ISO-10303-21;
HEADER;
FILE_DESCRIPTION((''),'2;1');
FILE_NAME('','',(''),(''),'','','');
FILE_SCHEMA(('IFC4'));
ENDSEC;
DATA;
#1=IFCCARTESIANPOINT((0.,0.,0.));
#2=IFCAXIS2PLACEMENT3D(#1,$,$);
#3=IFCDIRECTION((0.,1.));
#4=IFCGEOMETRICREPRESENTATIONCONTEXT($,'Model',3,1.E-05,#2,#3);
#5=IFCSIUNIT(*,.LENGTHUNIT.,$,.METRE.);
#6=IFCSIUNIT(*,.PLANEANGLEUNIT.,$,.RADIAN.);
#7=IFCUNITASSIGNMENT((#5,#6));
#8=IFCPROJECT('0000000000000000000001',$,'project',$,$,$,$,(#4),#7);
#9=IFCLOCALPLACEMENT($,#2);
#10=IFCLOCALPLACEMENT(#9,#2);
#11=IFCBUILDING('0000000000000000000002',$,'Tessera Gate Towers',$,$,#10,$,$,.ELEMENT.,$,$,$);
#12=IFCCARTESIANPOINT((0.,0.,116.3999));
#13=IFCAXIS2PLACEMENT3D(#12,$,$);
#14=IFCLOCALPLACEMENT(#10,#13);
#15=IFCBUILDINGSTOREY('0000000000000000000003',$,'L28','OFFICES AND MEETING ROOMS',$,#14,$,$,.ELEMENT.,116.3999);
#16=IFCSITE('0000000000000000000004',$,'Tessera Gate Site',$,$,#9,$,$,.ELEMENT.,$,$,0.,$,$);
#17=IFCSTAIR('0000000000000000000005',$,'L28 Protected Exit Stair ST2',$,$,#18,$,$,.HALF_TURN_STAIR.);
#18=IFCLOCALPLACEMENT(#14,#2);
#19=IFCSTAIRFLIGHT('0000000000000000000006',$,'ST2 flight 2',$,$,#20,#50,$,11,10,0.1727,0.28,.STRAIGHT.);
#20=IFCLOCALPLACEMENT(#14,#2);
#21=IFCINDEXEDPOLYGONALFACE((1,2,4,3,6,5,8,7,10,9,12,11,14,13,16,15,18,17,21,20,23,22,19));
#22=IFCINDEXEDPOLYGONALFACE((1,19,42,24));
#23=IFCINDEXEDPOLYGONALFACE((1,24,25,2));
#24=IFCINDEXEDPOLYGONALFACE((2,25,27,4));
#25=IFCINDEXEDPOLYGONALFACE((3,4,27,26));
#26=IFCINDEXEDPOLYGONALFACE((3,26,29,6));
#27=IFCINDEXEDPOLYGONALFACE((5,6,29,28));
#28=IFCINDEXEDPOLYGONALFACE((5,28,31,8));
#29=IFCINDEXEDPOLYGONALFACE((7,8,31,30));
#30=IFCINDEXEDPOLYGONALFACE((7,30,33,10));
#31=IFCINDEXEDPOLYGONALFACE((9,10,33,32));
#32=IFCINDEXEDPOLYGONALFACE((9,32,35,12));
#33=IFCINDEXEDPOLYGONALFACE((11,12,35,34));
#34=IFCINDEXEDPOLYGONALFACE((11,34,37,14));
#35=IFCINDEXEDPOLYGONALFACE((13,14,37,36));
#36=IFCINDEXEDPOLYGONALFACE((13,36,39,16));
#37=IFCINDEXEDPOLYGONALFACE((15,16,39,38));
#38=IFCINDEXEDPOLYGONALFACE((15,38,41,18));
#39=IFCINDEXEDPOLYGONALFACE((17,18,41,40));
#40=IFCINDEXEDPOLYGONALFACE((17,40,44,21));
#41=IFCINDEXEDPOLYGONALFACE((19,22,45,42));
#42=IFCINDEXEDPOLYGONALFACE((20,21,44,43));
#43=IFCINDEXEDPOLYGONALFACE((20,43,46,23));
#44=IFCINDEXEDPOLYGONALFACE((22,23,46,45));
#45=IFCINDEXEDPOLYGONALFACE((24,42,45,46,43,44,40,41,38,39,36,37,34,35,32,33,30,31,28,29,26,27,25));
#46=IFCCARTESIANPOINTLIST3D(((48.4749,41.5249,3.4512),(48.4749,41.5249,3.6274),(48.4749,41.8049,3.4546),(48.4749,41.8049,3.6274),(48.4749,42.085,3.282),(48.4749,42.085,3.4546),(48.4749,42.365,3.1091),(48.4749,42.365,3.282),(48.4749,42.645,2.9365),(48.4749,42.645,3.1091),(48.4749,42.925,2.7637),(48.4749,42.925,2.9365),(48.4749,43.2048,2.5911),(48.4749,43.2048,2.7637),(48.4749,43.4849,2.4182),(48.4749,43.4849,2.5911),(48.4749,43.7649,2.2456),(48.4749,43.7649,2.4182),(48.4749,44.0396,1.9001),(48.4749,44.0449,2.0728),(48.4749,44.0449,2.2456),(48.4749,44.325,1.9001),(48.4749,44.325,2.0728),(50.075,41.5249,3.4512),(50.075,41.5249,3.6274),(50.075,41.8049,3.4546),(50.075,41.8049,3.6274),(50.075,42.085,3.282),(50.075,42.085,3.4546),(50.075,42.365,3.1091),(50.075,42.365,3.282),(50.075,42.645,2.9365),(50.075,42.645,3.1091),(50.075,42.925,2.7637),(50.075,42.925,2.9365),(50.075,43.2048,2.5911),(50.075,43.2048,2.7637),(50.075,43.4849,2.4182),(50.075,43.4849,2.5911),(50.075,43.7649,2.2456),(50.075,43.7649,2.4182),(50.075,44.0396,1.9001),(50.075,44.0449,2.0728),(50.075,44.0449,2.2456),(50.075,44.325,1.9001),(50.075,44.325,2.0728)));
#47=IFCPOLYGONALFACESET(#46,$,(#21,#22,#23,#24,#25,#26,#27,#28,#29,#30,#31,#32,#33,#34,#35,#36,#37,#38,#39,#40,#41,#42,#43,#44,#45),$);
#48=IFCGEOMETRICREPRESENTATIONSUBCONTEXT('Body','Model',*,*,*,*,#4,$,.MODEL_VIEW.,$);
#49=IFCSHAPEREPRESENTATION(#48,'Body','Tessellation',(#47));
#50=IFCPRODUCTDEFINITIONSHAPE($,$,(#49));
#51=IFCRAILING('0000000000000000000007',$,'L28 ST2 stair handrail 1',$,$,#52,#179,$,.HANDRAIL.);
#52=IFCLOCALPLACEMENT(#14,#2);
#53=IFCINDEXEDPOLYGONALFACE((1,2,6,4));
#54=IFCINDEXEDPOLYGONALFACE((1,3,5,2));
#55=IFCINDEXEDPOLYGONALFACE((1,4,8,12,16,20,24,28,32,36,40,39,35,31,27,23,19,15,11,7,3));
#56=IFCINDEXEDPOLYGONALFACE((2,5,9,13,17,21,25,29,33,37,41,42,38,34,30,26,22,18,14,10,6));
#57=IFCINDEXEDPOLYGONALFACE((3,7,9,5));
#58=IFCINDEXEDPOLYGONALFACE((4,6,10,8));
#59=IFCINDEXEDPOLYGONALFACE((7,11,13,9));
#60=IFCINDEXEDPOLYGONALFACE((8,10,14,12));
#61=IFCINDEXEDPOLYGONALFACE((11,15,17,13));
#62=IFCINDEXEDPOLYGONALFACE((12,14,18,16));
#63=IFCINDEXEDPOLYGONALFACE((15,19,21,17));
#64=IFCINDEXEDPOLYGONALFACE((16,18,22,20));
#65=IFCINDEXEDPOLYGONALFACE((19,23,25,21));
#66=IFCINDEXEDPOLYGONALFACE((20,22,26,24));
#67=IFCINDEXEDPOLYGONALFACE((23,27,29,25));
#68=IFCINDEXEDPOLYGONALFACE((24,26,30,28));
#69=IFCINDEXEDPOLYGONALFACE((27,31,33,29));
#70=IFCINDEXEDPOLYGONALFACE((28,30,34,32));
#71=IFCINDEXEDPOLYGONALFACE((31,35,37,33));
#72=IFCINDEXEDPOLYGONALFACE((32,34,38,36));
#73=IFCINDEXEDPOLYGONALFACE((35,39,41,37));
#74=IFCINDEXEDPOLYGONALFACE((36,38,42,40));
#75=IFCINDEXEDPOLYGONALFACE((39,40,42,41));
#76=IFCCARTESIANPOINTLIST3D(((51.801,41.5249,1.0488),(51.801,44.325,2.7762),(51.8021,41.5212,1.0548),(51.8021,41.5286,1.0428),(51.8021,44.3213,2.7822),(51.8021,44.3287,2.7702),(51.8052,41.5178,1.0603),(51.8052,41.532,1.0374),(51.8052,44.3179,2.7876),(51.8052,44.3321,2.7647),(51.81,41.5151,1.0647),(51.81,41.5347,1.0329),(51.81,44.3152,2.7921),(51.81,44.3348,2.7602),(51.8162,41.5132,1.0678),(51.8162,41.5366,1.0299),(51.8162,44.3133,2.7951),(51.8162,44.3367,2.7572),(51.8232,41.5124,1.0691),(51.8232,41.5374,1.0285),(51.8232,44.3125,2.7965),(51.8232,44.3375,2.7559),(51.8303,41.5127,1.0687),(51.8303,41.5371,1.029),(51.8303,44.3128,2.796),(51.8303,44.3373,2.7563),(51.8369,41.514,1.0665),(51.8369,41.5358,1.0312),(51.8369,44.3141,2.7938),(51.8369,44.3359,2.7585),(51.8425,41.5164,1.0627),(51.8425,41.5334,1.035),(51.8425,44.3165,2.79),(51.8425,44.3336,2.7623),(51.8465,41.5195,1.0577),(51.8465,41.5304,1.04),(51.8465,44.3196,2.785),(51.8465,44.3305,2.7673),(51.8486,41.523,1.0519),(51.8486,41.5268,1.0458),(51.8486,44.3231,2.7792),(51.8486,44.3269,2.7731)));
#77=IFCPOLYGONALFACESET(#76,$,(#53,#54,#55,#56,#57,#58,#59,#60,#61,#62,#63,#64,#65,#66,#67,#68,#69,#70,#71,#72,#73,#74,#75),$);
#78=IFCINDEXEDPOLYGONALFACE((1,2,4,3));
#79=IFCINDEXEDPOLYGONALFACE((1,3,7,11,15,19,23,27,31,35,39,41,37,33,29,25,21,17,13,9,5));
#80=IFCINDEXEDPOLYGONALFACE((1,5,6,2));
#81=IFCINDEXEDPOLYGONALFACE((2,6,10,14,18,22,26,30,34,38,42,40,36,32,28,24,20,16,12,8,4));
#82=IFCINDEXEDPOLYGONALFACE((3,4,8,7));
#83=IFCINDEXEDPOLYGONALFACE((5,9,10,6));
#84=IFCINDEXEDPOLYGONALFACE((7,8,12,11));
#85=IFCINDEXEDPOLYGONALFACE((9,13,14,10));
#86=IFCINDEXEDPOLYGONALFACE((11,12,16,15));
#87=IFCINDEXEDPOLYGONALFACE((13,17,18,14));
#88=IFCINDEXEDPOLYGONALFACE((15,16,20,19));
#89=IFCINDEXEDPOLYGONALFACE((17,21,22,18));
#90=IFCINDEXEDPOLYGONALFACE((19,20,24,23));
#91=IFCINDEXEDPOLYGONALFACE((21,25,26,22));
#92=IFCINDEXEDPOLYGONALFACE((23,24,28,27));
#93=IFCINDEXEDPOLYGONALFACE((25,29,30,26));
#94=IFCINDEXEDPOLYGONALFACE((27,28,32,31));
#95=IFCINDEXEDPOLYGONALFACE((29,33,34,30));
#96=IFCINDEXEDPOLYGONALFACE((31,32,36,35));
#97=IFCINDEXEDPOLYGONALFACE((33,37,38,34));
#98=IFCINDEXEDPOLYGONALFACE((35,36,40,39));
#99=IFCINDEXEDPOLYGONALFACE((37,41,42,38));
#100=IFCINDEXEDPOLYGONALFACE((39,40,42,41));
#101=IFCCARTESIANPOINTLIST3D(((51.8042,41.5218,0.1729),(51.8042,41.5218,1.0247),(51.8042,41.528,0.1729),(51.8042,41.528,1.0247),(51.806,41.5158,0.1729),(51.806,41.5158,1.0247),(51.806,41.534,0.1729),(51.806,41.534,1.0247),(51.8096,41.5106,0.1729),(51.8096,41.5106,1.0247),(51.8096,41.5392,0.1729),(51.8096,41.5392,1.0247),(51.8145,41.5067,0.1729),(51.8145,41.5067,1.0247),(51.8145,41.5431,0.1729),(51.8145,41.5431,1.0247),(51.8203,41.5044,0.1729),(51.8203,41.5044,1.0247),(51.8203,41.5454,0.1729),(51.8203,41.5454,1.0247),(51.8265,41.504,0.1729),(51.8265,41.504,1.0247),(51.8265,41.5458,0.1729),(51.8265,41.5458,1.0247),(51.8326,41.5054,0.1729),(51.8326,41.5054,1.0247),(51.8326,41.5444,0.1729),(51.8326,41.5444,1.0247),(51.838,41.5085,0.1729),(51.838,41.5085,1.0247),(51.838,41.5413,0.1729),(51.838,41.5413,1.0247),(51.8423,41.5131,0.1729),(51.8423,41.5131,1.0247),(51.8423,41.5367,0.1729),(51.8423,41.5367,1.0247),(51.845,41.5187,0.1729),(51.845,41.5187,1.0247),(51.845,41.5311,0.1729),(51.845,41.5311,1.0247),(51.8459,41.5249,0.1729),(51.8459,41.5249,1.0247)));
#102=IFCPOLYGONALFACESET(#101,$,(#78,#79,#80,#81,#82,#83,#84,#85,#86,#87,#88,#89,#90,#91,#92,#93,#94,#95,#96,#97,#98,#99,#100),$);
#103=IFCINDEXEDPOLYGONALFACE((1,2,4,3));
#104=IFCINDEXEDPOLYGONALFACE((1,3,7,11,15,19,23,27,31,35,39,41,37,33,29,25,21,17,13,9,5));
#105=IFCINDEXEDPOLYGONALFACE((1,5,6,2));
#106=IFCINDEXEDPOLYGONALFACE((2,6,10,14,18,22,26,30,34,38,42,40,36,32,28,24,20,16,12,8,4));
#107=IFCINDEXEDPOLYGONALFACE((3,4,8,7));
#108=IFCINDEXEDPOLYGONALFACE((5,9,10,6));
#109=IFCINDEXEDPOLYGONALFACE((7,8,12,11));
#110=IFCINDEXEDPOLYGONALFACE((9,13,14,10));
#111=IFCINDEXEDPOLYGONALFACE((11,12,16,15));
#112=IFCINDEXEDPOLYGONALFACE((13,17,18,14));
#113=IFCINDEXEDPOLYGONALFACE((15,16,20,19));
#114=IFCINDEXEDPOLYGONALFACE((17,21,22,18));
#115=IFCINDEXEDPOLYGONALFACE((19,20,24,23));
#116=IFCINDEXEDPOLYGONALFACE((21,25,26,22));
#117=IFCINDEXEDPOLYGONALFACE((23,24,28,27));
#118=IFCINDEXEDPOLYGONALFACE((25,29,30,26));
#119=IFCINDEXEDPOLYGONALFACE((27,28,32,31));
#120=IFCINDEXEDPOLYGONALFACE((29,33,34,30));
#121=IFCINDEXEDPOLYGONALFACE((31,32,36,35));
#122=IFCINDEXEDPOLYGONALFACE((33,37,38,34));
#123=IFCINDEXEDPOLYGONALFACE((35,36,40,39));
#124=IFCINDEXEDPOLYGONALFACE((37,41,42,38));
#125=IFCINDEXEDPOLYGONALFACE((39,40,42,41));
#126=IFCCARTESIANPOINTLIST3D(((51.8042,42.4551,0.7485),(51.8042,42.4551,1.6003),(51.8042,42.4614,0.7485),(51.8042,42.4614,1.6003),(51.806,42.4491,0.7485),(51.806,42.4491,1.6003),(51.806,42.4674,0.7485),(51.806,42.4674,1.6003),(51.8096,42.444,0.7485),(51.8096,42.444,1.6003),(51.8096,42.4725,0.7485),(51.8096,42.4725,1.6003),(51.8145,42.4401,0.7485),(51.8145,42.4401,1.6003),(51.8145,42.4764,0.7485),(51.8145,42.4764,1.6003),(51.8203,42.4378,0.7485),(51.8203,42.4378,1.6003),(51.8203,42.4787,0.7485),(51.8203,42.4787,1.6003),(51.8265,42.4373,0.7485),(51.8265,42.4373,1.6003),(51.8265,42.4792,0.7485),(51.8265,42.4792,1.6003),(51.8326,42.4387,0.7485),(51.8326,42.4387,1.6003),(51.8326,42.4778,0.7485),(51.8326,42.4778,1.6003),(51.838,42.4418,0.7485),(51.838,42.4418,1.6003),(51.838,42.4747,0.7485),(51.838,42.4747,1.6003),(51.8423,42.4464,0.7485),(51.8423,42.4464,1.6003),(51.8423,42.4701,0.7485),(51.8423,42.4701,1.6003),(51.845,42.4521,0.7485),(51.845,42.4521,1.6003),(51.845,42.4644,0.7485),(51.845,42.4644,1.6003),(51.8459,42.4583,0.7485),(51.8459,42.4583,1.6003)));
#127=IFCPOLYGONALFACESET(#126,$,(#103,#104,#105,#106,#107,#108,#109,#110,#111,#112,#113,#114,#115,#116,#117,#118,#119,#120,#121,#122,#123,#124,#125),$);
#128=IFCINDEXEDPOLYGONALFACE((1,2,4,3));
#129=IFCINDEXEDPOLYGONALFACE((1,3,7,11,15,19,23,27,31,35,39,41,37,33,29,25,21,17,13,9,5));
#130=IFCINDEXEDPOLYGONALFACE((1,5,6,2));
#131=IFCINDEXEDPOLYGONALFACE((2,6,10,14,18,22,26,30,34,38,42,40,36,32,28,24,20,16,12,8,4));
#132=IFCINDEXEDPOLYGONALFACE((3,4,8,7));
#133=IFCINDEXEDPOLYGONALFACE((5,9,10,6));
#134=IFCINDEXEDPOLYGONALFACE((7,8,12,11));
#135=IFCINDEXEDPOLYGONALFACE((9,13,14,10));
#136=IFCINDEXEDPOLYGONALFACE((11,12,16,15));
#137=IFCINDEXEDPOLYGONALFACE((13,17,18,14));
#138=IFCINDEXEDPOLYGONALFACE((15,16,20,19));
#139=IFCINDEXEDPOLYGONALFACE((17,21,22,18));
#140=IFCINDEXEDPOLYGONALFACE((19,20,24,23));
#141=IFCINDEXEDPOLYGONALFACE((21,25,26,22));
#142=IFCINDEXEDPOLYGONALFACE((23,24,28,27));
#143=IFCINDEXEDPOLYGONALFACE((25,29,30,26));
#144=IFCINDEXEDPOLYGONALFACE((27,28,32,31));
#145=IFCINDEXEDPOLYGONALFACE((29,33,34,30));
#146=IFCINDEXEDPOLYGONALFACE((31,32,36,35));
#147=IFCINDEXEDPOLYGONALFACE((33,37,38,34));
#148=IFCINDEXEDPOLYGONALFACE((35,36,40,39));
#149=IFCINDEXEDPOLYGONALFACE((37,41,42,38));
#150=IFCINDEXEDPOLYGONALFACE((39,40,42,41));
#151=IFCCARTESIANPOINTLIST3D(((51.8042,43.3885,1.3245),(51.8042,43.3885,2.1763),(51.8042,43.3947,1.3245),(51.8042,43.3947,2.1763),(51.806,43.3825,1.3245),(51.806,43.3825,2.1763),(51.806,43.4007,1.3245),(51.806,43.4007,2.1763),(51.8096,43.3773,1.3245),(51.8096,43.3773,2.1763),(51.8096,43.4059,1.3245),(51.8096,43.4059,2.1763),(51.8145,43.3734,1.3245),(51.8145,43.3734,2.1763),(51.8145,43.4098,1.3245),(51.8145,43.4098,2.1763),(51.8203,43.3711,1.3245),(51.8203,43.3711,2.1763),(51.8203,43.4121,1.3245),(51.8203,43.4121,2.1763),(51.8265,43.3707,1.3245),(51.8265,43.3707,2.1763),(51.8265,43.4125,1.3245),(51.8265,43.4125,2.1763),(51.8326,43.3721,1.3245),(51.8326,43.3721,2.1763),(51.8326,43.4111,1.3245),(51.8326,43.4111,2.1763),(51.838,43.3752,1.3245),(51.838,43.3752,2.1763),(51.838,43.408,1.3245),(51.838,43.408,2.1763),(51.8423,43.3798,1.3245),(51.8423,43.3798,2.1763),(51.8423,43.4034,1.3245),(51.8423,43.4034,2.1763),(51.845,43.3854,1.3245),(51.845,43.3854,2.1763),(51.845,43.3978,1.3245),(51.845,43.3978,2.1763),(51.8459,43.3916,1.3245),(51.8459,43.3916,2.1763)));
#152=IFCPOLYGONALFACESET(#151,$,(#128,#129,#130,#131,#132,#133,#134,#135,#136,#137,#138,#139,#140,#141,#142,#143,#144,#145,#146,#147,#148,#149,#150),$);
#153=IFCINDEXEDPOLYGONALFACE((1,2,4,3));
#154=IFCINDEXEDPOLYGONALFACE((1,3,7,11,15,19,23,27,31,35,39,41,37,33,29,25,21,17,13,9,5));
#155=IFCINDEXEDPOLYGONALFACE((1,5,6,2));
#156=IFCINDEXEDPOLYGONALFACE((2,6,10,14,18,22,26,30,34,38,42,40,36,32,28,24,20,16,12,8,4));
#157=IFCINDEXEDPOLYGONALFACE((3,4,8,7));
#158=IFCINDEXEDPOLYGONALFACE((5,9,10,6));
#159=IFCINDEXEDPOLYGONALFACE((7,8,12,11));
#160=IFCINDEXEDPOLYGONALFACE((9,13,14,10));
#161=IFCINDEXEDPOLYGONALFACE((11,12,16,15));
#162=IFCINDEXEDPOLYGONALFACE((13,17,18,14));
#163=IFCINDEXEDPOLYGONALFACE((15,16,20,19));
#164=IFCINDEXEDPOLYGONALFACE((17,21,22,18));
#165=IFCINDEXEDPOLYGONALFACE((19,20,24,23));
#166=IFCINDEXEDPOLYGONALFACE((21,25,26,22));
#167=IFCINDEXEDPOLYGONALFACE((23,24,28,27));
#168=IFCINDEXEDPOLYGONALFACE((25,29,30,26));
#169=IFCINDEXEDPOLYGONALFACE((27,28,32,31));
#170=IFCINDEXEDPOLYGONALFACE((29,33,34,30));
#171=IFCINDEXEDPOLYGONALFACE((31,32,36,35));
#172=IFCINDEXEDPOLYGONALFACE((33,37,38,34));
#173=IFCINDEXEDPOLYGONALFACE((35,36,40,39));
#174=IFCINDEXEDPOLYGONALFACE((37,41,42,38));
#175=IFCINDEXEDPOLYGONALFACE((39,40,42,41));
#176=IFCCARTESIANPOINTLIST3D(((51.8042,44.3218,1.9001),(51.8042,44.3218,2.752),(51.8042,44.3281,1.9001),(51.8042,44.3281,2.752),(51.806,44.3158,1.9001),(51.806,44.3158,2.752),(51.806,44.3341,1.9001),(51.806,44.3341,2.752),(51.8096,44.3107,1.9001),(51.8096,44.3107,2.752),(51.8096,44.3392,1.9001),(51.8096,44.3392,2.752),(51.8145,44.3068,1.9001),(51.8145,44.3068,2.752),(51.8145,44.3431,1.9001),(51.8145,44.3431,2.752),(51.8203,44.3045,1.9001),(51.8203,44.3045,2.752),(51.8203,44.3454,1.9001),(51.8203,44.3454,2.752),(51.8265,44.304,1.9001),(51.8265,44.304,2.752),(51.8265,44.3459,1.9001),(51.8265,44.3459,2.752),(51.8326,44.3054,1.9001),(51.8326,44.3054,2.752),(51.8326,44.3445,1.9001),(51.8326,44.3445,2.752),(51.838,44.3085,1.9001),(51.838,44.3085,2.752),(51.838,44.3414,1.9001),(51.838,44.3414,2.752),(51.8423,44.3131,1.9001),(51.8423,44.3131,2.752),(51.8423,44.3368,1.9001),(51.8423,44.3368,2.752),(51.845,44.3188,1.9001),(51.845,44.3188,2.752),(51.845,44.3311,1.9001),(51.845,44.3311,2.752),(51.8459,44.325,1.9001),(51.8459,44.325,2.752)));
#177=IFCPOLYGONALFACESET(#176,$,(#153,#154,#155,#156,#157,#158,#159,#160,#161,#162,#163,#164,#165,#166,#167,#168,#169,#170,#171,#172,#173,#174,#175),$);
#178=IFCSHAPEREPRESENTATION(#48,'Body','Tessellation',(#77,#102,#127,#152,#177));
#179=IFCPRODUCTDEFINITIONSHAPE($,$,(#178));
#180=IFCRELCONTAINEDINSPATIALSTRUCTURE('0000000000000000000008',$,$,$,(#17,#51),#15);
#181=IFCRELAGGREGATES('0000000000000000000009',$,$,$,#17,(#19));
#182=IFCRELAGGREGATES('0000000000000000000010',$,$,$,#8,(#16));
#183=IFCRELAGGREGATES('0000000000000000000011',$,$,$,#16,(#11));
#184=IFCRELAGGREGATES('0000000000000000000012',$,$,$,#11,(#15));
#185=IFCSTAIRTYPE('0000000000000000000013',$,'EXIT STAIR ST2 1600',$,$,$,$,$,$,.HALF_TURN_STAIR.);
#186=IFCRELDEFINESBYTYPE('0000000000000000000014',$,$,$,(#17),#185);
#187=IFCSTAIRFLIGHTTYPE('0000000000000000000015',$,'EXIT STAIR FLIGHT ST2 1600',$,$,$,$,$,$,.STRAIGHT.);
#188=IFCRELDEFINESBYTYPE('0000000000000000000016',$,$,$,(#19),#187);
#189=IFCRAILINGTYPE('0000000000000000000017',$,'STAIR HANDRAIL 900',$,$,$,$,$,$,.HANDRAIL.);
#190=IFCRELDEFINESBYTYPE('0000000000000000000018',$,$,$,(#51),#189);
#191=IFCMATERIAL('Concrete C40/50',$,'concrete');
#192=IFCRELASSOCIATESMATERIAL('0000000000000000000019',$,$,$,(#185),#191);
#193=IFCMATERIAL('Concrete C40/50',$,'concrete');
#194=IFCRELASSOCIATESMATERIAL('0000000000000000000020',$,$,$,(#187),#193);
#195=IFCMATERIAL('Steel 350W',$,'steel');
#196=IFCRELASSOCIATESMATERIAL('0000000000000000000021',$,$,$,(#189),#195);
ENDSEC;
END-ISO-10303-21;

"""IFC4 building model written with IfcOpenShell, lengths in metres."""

from ifc_helpers import new_model, si_unit, direction, frame, origin, origin_2d, place, context, subcontext, project, spatial, polyline, circle, outline, extrude, material, type_object, element, aggregate, save


model = new_model("IFC4")

# Units and contexts
model_context = context("Model", 3, precision=1e-05, world=origin(), true_north=direction((0.0, 1.0)))
body_context = subcontext(model_context, "Body", "Model", "MODEL_VIEW")
ifc_project = project(units=[si_unit("LENGTHUNIT", "METRE"), si_unit("PLANEANGLEUNIT", "RADIAN")], contexts=[model_context])

# Site, building, storey
site_placement = place(None, origin())
site = spatial("IfcSite", under=ifc_project, at=site_placement, Name="Tessera Gate Site", CompositionType="ELEMENT", RefElevation=0.0)
building_placement = place(site_placement, origin())
building = spatial("IfcBuilding", under=site, at=building_placement, Name="Tessera Gate Towers", CompositionType="ELEMENT")
storey_placement = place(building_placement, frame((0.0, 0.0, 116.3999)))
storey = spatial("IfcBuildingStorey", under=building, at=storey_placement, Name="L28", Description="OFFICES AND MEETING ROOMS", CompositionType="ELEMENT", Elevation=116.3999)

# Stair, stair flight
ifc_material_1 = material(Name="Concrete C40/50", Category="concrete")
stair_type = type_object("IfcStairType", Name="EXIT STAIR ST2 1600", PredefinedType="HALF_TURN_STAIR", material=ifc_material_1)
stair_placement = place(storey_placement, origin())
stair = element("IfcStair", 1, at=stair_placement, inside=storey, type_object=stair_type, Name="L28 Protected Exit Stair ST2", PredefinedType="HALF_TURN_STAIR")
ifc_material_2 = material(Name="Concrete C40/50", Category="concrete")
stair_flight_type = type_object("IfcStairFlightType", Name="EXIT STAIR FLIGHT ST2 1600", PredefinedType="STRAIGHT", material=ifc_material_2)
stair_flight_1_placement = place(storey_placement, frame((49.2749, 44.325, 1.9001), z_axis=(0.0, 0.0, 1.0), x_axis=(0.0, -1.0, 0.0)))
stair_flight_1 = element("IfcStairFlight", 2, at=stair_flight_1_placement, type_object=stair_flight_type, Name="ST2 flight 2", NumberOfRisers=11, NumberOfTreads=10, PredefinedType="STRAIGHT", RiserHeight=0.1727, TreadLength=0.28, context=body_context, shape_type="SweptSolid", body=[
    extrude(outline(polyline([(0.0, 0.0), (0.0, 0.1726), (0.28, 0.1726), (0.28, 0.3455), (0.5601, 0.3455), (0.5601, 0.5181), (0.8401, 0.5181), (0.8401, 0.6909), (1.1201, 0.6909), (1.1201, 0.8635), (1.3999, 0.8635), (1.3999, 1.0364), (1.6799, 1.0364), (1.6799, 1.209), (1.96, 1.209), (1.96, 1.3818), (2.24, 1.3818), (2.24, 1.5544), (2.52, 1.5544), (2.52, 1.7273), (2.8, 1.7273), (2.8, 1.8999), (2.8, 1.551), (0.2854, 0.0), (0.0, 0.0)])), frame((0.0, 0.8, 0.0), z_axis=(0.0, -1.0, 0.0), x_axis=(1.0, 0.0, 0.0)), (0.0, 0.0, 1.0), 1.6001),
])
aggregate(stair, [stair_flight_1])

# Railing
ifc_material_3 = material(Name="Steel 350W", Category="steel")
railing_type_1 = type_object("IfcRailingType", Name="STAIR HANDRAIL 900", PredefinedType="HANDRAIL", material=ifc_material_3)
railing_1_placement = place(storey_placement, frame((51.825, 41.5249, 0.1729)))
element("IfcRailing", 3, at=railing_1_placement, inside=storey, type_object=railing_type_1, Name="L28 ST2 stair handrail 1", PredefinedType="HANDRAIL", context=body_context, shape_type="SweptSolid", body=[
    extrude(circle(Radius=0.0239, at=origin_2d()), frame((0.0, 0.0, 0.876), z_axis=(0.0, 0.85109, 0.52502), x_axis=(-1.0, 0.0, 0.0)), (0.0, 0.0, 1.0), 3.29),
    extrude(circle(Radius=0.021, at=origin_2d()), origin(), (0.0, 0.0, 1.0), 0.8518),
    extrude(circle(Radius=0.021, at=origin_2d()), frame((0.0, 0.9333, 0.5757)), (0.0, 0.0, 1.0), 0.8518),
    extrude(circle(Radius=0.021, at=origin_2d()), frame((0.0, 1.8667, 1.1516)), (0.0, 0.0, 1.0), 0.8518),
    extrude(circle(Radius=0.021, at=origin_2d()), frame((0.0, 2.8, 1.7273)), (0.0, 0.0, 1.0), 0.8518),
])

save(model, "model.ifc")
